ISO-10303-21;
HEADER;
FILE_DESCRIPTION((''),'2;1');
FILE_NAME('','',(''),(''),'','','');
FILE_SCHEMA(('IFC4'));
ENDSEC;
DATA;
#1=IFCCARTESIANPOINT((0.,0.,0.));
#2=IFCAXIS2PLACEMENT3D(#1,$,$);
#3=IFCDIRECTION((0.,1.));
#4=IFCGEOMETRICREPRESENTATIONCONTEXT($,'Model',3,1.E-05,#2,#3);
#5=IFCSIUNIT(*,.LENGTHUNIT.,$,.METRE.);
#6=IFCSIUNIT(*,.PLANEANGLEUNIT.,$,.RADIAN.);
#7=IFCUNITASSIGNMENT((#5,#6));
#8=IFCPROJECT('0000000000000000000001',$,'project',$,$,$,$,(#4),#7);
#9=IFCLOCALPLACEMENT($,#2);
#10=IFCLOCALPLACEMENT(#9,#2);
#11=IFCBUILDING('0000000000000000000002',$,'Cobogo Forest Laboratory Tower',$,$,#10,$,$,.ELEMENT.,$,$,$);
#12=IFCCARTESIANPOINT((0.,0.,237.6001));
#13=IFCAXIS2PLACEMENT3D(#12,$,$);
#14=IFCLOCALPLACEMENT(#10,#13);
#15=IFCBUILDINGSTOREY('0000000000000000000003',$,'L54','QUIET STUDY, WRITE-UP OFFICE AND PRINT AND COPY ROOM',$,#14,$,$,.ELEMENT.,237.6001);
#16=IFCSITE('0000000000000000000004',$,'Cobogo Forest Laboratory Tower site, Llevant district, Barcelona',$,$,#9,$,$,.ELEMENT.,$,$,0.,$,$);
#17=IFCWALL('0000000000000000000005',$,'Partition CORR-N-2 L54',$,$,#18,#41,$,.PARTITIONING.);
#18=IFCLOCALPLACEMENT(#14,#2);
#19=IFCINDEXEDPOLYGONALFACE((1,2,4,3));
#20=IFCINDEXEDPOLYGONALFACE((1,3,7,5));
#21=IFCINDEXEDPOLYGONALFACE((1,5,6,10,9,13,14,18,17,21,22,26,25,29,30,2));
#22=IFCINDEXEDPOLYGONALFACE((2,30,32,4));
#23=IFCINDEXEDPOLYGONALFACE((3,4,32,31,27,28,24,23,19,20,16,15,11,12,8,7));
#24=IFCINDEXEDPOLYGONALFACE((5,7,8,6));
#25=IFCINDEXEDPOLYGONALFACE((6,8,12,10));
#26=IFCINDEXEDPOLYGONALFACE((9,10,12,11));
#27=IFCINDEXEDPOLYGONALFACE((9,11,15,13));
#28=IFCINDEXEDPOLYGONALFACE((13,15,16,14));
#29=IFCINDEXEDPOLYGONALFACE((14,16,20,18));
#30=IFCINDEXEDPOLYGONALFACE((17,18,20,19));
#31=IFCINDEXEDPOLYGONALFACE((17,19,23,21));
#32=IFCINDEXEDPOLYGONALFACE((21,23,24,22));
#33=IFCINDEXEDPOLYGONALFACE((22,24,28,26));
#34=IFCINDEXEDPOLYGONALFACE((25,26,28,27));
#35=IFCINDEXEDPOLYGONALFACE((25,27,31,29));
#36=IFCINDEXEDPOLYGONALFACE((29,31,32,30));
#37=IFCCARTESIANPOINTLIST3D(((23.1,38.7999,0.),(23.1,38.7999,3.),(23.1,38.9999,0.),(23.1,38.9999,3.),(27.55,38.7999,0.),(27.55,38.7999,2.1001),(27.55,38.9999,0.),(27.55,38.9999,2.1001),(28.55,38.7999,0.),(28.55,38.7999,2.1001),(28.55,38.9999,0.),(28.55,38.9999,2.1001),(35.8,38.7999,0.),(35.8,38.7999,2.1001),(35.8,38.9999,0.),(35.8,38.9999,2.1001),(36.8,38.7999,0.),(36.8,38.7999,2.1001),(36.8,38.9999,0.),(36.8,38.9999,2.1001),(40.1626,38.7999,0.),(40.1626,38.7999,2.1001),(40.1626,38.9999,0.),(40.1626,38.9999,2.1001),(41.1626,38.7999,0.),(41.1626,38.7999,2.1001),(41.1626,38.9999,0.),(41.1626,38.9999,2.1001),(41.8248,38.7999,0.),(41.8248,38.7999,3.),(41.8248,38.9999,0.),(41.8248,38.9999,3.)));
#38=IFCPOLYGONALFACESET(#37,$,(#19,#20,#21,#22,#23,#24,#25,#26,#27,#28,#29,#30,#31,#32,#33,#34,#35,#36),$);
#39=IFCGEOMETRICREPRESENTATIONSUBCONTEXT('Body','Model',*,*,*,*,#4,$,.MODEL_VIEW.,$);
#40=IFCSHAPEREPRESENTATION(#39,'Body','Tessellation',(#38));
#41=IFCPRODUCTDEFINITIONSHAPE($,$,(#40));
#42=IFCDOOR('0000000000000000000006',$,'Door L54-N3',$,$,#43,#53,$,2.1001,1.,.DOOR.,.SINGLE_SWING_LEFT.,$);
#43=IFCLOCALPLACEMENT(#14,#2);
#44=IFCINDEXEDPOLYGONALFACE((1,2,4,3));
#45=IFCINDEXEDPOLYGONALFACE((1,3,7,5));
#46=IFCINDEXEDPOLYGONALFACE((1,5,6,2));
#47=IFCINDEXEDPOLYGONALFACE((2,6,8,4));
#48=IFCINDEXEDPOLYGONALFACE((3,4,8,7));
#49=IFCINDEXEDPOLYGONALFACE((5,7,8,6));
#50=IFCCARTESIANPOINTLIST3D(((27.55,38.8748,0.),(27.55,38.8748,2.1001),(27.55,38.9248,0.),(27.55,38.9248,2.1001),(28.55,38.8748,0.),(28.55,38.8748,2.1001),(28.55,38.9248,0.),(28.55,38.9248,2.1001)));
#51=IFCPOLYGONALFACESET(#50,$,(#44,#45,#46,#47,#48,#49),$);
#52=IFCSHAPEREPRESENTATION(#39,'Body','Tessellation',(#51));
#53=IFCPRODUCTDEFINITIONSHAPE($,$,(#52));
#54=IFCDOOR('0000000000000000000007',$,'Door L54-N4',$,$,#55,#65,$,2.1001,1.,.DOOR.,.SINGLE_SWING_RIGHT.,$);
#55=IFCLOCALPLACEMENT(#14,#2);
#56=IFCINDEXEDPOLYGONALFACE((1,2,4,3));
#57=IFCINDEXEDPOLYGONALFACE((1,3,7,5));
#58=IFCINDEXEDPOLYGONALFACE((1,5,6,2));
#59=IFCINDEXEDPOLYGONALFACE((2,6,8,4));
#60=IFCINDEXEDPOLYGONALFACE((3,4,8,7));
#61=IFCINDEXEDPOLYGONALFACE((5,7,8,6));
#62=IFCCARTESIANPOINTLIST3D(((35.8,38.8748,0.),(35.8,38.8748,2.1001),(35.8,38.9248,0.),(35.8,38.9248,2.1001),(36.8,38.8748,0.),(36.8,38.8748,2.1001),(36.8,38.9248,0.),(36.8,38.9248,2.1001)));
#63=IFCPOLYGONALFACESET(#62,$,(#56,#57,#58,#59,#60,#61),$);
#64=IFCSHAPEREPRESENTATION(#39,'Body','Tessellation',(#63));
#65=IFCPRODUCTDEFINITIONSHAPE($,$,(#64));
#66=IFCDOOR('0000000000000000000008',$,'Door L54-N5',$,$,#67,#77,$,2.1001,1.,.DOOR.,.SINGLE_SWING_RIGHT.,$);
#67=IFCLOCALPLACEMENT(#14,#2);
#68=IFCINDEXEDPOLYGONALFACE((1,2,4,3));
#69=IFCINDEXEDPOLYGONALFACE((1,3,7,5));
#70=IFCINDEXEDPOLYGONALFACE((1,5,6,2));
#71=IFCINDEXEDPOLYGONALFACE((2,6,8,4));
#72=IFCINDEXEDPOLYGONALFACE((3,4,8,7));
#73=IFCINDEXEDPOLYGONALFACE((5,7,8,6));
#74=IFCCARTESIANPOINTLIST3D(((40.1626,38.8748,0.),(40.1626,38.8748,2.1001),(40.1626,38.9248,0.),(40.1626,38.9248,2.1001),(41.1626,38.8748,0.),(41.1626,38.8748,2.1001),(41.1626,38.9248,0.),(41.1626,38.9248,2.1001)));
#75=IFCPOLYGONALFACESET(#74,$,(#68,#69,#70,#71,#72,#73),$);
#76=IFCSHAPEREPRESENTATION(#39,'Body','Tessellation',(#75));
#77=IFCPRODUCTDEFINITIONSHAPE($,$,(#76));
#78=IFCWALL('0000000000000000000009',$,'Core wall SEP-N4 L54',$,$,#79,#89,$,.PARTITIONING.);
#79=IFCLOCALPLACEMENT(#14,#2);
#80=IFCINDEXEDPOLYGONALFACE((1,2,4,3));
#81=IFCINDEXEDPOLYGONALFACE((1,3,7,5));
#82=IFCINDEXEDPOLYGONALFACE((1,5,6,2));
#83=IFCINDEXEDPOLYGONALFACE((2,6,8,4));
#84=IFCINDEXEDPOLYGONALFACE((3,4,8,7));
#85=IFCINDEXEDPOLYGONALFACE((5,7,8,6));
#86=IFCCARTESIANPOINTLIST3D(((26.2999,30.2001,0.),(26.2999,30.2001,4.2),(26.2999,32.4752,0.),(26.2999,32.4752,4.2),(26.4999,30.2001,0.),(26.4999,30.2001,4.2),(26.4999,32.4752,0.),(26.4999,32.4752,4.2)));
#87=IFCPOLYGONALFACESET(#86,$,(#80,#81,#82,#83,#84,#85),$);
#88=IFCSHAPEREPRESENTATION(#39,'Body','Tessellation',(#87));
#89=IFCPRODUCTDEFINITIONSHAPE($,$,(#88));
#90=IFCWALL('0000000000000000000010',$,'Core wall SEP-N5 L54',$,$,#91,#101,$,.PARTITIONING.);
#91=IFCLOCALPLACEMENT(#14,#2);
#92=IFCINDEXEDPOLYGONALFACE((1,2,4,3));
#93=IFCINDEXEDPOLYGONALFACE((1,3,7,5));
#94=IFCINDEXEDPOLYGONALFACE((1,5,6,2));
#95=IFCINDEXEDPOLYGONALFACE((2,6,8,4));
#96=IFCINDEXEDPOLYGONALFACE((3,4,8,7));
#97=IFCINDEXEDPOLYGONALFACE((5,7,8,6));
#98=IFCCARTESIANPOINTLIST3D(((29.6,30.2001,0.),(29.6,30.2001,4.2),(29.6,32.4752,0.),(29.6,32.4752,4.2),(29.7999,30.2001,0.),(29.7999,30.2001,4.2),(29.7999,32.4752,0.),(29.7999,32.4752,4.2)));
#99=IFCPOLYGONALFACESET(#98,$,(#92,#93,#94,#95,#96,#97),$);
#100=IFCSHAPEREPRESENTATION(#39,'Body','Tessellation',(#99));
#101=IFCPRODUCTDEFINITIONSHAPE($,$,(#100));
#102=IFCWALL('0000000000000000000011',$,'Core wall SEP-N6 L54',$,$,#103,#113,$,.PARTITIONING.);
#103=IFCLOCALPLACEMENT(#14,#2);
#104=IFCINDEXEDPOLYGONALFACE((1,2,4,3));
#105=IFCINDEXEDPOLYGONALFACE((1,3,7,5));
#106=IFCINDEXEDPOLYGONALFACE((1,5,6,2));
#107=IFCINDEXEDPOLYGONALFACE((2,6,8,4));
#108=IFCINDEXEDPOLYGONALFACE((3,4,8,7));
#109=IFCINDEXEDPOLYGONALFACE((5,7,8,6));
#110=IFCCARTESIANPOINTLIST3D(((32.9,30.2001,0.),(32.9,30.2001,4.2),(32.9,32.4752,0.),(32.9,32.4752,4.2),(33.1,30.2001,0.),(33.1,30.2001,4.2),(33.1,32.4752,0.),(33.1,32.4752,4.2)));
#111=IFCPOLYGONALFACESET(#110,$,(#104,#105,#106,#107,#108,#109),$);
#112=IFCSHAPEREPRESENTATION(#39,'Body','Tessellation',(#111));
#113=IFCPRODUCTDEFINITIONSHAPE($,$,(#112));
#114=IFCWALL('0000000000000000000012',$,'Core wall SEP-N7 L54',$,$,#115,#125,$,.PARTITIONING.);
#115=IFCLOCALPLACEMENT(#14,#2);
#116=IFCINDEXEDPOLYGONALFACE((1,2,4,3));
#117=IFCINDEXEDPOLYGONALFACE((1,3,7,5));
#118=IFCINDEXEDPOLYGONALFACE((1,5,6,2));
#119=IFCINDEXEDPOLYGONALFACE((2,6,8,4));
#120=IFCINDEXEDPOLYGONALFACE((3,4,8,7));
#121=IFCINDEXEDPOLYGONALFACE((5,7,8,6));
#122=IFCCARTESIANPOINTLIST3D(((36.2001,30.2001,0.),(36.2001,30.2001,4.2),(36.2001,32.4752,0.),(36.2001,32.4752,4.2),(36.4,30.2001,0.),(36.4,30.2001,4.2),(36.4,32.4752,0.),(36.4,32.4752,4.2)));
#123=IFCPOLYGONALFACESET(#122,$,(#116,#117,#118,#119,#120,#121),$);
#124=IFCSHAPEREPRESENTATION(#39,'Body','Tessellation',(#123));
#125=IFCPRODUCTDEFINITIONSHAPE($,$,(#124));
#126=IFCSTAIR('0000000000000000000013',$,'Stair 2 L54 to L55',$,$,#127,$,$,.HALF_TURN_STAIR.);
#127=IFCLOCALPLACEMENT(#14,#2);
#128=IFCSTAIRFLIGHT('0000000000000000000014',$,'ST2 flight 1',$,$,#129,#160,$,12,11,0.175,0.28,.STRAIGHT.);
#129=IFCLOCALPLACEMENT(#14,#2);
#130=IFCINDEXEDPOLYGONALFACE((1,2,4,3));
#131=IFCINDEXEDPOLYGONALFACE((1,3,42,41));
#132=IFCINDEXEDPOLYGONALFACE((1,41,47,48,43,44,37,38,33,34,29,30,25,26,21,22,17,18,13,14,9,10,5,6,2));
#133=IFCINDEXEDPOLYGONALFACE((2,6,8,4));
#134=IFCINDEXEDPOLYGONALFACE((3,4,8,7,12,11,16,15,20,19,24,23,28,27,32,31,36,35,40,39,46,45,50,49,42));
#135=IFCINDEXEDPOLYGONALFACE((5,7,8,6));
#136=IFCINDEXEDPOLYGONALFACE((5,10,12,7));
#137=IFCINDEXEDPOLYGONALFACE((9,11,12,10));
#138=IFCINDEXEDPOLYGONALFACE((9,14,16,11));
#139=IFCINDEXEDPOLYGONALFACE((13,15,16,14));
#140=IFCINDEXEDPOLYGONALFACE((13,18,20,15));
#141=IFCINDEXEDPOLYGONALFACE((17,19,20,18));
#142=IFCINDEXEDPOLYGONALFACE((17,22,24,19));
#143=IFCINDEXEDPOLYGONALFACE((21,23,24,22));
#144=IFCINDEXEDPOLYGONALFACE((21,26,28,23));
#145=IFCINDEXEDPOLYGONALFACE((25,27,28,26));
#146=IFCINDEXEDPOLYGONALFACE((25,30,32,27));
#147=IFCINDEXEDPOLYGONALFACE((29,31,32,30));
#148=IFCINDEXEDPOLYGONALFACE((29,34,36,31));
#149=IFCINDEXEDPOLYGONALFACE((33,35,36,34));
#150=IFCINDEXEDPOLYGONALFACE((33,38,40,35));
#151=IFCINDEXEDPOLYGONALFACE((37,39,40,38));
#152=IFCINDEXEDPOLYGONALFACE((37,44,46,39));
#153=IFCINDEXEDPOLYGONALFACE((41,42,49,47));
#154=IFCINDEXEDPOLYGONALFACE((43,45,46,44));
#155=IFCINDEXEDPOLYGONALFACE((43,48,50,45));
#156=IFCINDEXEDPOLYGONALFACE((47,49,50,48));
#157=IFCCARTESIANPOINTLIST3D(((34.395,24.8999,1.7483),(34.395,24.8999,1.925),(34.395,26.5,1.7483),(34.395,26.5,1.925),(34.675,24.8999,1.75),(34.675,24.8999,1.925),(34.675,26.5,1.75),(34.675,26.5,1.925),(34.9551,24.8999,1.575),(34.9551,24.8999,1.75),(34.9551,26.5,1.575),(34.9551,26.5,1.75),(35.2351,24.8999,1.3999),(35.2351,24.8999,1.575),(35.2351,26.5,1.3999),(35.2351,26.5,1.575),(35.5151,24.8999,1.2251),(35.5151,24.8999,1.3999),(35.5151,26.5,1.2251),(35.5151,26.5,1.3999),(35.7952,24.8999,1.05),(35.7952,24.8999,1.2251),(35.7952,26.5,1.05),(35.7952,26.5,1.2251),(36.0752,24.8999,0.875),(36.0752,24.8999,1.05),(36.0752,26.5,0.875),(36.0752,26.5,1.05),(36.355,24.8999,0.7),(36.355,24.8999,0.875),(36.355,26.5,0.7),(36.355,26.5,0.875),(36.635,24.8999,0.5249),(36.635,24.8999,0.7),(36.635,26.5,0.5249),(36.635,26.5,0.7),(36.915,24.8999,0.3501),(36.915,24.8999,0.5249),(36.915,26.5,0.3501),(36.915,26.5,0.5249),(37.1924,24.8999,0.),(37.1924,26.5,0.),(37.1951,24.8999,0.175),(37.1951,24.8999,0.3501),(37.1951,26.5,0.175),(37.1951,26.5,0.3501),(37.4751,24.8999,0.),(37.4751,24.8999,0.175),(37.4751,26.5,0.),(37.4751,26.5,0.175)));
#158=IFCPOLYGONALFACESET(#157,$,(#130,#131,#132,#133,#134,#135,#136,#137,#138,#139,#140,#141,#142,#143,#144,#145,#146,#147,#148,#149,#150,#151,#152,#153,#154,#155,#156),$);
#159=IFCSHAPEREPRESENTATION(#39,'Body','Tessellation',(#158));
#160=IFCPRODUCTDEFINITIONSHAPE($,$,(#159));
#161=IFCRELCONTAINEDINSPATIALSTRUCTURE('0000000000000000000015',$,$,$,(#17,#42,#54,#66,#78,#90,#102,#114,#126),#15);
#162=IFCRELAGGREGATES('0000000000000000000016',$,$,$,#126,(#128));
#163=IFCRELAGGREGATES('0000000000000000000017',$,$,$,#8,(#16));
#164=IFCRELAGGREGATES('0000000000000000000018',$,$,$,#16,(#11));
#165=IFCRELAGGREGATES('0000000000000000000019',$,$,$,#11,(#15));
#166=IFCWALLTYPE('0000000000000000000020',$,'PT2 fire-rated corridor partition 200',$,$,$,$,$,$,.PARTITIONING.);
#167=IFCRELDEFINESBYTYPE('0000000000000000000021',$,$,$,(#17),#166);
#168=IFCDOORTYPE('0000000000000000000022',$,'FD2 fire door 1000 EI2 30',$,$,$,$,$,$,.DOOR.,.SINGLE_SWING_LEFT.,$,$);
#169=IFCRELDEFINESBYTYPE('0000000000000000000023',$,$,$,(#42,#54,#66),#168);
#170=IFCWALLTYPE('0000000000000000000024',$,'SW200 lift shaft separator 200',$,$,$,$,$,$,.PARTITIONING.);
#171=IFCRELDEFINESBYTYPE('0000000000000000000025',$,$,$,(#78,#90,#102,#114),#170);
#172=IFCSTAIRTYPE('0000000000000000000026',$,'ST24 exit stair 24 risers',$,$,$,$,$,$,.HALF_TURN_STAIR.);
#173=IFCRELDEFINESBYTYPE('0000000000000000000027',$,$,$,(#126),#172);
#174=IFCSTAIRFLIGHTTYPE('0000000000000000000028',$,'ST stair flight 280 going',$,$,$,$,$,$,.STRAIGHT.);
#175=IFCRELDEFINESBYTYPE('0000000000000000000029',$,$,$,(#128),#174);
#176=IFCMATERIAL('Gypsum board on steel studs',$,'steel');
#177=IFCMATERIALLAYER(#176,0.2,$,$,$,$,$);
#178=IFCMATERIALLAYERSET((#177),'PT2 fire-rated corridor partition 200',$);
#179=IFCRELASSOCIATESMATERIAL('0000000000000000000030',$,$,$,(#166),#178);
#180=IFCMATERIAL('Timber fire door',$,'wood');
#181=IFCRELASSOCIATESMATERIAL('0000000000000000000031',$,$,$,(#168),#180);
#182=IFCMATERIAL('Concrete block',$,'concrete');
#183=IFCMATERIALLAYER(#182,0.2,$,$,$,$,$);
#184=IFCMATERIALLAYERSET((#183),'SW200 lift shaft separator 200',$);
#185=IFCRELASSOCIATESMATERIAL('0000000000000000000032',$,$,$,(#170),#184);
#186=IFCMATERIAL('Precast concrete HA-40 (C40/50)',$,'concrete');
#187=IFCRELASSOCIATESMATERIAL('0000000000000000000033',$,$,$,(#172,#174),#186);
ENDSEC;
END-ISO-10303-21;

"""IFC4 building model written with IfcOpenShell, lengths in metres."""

from ifc_helpers import new_model, si_unit, direction, frame, frame_2d, origin, place, context, subcontext, project, spatial, polyline, rectangle, outline, extrude, material, layer, layer_set, type_object, element, fill, aggregate, save


model = new_model("IFC4")

# Units and contexts
model_context = context("Model", 3, precision=1e-05, world=origin(), true_north=direction((0.0, 1.0)))
body_context = subcontext(model_context, "Body", "Model", "MODEL_VIEW")
ifc_project = project(units=[si_unit("LENGTHUNIT", "METRE"), si_unit("PLANEANGLEUNIT", "RADIAN")], contexts=[model_context])

# Site, building, storey
site_placement = place(None, origin())
site = spatial("IfcSite", under=ifc_project, at=site_placement, Name="Cobogo Forest Laboratory Tower site, Llevant district, Barcelona", CompositionType="ELEMENT", RefElevation=0.0)
building_placement = place(site_placement, origin())
building = spatial("IfcBuilding", under=site, at=building_placement, Name="Cobogo Forest Laboratory Tower", CompositionType="ELEMENT")
storey_placement = place(building_placement, frame((0.0, 0.0, 237.6001)))
storey = spatial("IfcBuildingStorey", under=building, at=storey_placement, Name="L54", Description="QUIET STUDY, WRITE-UP OFFICE AND PRINT AND COPY ROOM", CompositionType="ELEMENT", Elevation=237.6001)

# Shared definitions
ifc_material_1 = material(Name="Gypsum board on steel studs", Category="steel")

# Wall, openings, doors
ifc_layer_1 = layer(ifc_material_1, 0.2)
ifc_layer_set_1 = layer_set([ifc_layer_1], Name="PT2 fire-rated corridor partition 200")
wall_type_1 = type_object("IfcWallType", Name="PT2 fire-rated corridor partition 200", PredefinedType="PARTITIONING", material=ifc_layer_set_1)
wall_1_placement = place(storey_placement, frame((23.1001, 38.8999, 0.0), z_axis=(0.0, 0.0, 1.0), x_axis=(1.0, 0.0, 0.0)))
wall_1 = element("IfcWall", 1, at=wall_1_placement, inside=storey, type_object=wall_type_1, Name="Partition CORR-N-2 L54", PredefinedType="PARTITIONING", context=body_context, shape_type="SweptSolid", body=[
    extrude(rectangle(XDim=18.7249, YDim=0.2, at=frame_2d((9.3623, 0.0))), origin(), (0.0, 0.0, 1.0), 3.0),
])
opening_1_placement = place(wall_1_placement, frame((4.45, 0.0, 0.0)))
opening_1 = element("IfcOpeningElement", 2, at=opening_1_placement, cuts=wall_1, PredefinedType="OPENING", context=body_context, shape_type="SweptSolid", body=[
    extrude(rectangle(XDim=1.0, YDim=2.1001, at=frame_2d((0.5, 1.05))), frame((0.0, 0.1099, 0.0), z_axis=(0.0, -1.0, 0.0), x_axis=(1.0, 0.0, 0.0)), (0.0, 0.0, 1.0), 0.22),
])
opening_2_placement = place(wall_1_placement, frame((12.7, 0.0, 0.0)))
opening_2 = element("IfcOpeningElement", 3, at=opening_2_placement, cuts=wall_1, PredefinedType="OPENING", context=body_context, shape_type="SweptSolid", body=[
    extrude(rectangle(XDim=1.0, YDim=2.1001, at=frame_2d((0.5, 1.05))), frame((0.0, 0.1099, 0.0), z_axis=(0.0, -1.0, 0.0), x_axis=(1.0, 0.0, 0.0)), (0.0, 0.0, 1.0), 0.22),
])
opening_3_placement = place(wall_1_placement, frame((17.0625, 0.0, 0.0)))
opening_3 = element("IfcOpeningElement", 4, at=opening_3_placement, cuts=wall_1, PredefinedType="OPENING", context=body_context, shape_type="SweptSolid", body=[
    extrude(rectangle(XDim=1.0, YDim=2.1001, at=frame_2d((0.5, 1.05))), frame((0.0, 0.1099, 0.0), z_axis=(0.0, -1.0, 0.0), x_axis=(1.0, 0.0, 0.0)), (0.0, 0.0, 1.0), 0.22),
])
ifc_material_2 = material(Name="Timber fire door", Category="wood")
door_type = type_object("IfcDoorType", Name="FD2 fire door 1000 EI2 30", OperationType="SINGLE_SWING_LEFT", PredefinedType="DOOR", material=ifc_material_2)
door_1_placement = place(opening_1_placement, origin())
door_1 = element("IfcDoor", 5, at=door_1_placement, inside=storey, type_object=door_type, Name="Door L54-N3", OperationType="SINGLE_SWING_LEFT", OverallHeight=2.1001, OverallWidth=1.0, PredefinedType="DOOR", context=body_context, shape_type="SweptSolid", body=[
    extrude(rectangle(XDim=1.0, YDim=2.1001, at=frame_2d((0.5, 1.05))), frame((0.0, 0.0249, 0.0), z_axis=(0.0, -1.0, 0.0), x_axis=(1.0, 0.0, 0.0)), (0.0, 0.0, 1.0), 0.05),
])
fill(opening_1, door_1)
door_2_placement = place(opening_2_placement, origin())
door_2 = element("IfcDoor", 6, at=door_2_placement, inside=storey, type_object=door_type, Name="Door L54-N4", OperationType="SINGLE_SWING_RIGHT", OverallHeight=2.1001, OverallWidth=1.0, PredefinedType="DOOR", context=body_context, shape_type="SweptSolid", body=[
    extrude(rectangle(XDim=1.0, YDim=2.1001, at=frame_2d((0.5, 1.05))), frame((0.0, 0.0249, 0.0), z_axis=(0.0, -1.0, 0.0), x_axis=(1.0, 0.0, 0.0)), (0.0, 0.0, 1.0), 0.05),
])
fill(opening_2, door_2)
door_3_placement = place(opening_3_placement, origin())
door_3 = element("IfcDoor", 7, at=door_3_placement, inside=storey, type_object=door_type, Name="Door L54-N5", OperationType="SINGLE_SWING_RIGHT", OverallHeight=2.1001, OverallWidth=1.0, PredefinedType="DOOR", context=body_context, shape_type="SweptSolid", body=[
    extrude(rectangle(XDim=1.0, YDim=2.1001, at=frame_2d((0.5, 1.05))), frame((0.0, 0.0249, 0.0), z_axis=(0.0, -1.0, 0.0), x_axis=(1.0, 0.0, 0.0)), (0.0, 0.0, 1.0), 0.05),
])
fill(opening_3, door_3)

# Walls
ifc_material_3 = material(Name="Concrete block", Category="concrete")
ifc_layer_2 = layer(ifc_material_3, 0.2)
ifc_layer_set_2 = layer_set([ifc_layer_2], Name="SW200 lift shaft separator 200")
wall_type_2 = type_object("IfcWallType", Name="SW200 lift shaft separator 200", PredefinedType="PARTITIONING", material=ifc_layer_set_2)
for number, where, z_axis, x_axis, name in (
    (8, (26.3999, 30.2, 0.0), (0.0, 0.0, 1.0), (0.0, 1.0, 0.0), "Core wall SEP-N4 L54"),
    (9, (29.7, 30.2, 0.0), (0.0, 0.0, 1.0), (0.0, 1.0, 0.0), "Core wall SEP-N5 L54"),
    (10, (33.0, 30.2, 0.0), (0.0, 0.0, 1.0), (0.0, 1.0, 0.0), "Core wall SEP-N6 L54"),
    (11, (36.3, 30.2, 0.0), (0.0, 0.0, 1.0), (0.0, 1.0, 0.0), "Core wall SEP-N7 L54"),
):
    element("IfcWall", number, at=place(storey_placement, frame(where, z_axis=z_axis, x_axis=x_axis)), inside=storey, type_object=wall_type_2, Name=name, PredefinedType="PARTITIONING", context=body_context, shape_type="SweptSolid", body=[
        extrude(rectangle(XDim=2.2751, YDim=0.2, at=frame_2d((1.1377, 0.0))), origin(), (0.0, 0.0, 1.0), 4.2),
    ])

# Stair, stair flight
ifc_material_4 = material(Name="Precast concrete HA-40 (C40/50)", Category="concrete")
stair_type = type_object("IfcStairType", Name="ST24 exit stair 24 risers", PredefinedType="HALF_TURN_STAIR", material=ifc_material_4)
stair_placement = place(storey_placement, origin())
stair = element("IfcStair", 12, at=stair_placement, inside=storey, type_object=stair_type, Name="Stair 2 L54 to L55", PredefinedType="HALF_TURN_STAIR")
stair_flight_type = type_object("IfcStairFlightType", Name="ST stair flight 280 going", PredefinedType="STRAIGHT", material=ifc_material_4)
stair_flight_1_placement = place(storey_placement, frame((37.4751, 25.7, 0.0), z_axis=(0.0, 0.0, 1.0), x_axis=(-1.0, 0.0, 0.0)))
stair_flight_1 = element("IfcStairFlight", 13, at=stair_flight_1_placement, type_object=stair_flight_type, Name="ST2 flight 1", NumberOfRisers=12, NumberOfTreads=11, PredefinedType="STRAIGHT", RiserHeight=0.175, TreadLength=0.28, context=body_context, shape_type="SweptSolid", body=[
    extrude(outline(polyline([(0.0, 0.0), (0.0, 0.175), (0.28, 0.175), (0.28, 0.3501), (0.5601, 0.3501), (0.5601, 0.5249), (0.8401, 0.5249), (0.8401, 0.7), (1.1201, 0.7), (1.1201, 0.875), (1.3999, 0.875), (1.3999, 1.05), (1.6799, 1.05), (1.6799, 1.2251), (1.96, 1.2251), (1.96, 1.3999), (2.24, 1.3999), (2.24, 1.575), (2.52, 1.575), (2.52, 1.75), (2.8, 1.75), (2.8, 1.925), (3.0801, 1.925), (3.0801, 2.1001), (3.0801, 1.7483), (0.2827, 0.0), (0.0, 0.0)])), frame((0.0, 0.8, 0.0), z_axis=(0.0, -1.0, 0.0), x_axis=(1.0, 0.0, 0.0)), (0.0, 0.0, 1.0), 1.6001),
])
aggregate(stair, [stair_flight_1])

save(model, "model.ifc")
